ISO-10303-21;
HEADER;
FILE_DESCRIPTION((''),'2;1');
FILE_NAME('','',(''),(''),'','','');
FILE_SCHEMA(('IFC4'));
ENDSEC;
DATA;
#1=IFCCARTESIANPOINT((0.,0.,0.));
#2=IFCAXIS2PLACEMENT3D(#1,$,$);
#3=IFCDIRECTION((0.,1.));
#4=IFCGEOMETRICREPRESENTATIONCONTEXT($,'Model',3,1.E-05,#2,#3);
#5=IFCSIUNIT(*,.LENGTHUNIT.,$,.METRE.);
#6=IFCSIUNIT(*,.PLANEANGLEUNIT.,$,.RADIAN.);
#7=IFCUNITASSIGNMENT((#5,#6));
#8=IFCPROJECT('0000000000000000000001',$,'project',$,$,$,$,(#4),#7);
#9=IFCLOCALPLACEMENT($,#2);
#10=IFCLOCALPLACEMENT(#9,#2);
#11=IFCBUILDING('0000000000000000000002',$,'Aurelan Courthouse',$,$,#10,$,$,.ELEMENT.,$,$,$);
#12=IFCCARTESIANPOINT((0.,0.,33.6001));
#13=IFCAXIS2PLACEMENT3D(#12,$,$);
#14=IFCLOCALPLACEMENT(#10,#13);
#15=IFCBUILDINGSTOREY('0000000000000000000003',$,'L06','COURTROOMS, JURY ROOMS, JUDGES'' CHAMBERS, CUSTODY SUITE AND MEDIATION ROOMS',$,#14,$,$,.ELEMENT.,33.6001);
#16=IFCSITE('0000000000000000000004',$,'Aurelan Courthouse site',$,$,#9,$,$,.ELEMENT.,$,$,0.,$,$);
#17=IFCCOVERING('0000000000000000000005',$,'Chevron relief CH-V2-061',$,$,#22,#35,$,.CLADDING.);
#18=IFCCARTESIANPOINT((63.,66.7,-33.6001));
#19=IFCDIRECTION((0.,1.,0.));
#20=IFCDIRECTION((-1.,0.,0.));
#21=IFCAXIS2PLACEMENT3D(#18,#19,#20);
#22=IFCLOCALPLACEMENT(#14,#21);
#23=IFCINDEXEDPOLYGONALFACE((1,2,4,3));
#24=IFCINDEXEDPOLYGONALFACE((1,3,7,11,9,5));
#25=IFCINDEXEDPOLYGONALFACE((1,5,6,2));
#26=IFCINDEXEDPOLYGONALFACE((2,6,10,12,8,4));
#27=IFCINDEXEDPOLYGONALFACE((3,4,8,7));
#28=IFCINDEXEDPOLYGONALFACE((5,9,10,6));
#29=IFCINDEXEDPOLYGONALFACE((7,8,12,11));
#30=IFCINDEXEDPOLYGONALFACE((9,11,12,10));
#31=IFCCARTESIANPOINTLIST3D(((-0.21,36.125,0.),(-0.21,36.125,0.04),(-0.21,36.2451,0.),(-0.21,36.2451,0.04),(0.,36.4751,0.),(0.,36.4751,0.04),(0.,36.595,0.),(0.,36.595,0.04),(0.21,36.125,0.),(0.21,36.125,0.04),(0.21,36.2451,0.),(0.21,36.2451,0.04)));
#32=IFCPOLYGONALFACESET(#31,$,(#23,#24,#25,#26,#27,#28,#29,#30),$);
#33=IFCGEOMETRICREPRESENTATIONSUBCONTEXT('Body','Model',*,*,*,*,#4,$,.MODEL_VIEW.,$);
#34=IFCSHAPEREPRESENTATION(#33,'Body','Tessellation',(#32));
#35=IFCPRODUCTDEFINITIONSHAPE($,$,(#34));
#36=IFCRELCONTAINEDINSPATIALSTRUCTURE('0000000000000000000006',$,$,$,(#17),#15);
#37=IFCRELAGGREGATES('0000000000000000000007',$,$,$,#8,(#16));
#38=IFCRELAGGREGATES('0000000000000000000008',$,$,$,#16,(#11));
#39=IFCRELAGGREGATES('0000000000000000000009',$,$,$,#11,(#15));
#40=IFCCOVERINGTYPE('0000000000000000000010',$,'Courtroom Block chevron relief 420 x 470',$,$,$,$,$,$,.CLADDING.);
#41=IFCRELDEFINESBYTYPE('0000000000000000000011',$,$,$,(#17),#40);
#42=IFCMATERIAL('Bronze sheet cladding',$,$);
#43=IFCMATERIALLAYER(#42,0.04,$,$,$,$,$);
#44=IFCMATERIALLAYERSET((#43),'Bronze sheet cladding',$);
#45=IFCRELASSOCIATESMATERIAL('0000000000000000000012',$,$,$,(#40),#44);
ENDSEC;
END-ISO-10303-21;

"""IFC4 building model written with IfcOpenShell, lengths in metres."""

from ifc_helpers import new_model, si_unit, direction, frame, origin, place, context, subcontext, project, spatial, polyline, outline, extrude, material, layer, layer_set, type_object, element, save


model = new_model("IFC4")

# Units and contexts
model_context = context("Model", 3, precision=1e-05, world=origin(), true_north=direction((0.0, 1.0)))
body_context = subcontext(model_context, "Body", "Model", "MODEL_VIEW")
ifc_project = project(units=[si_unit("LENGTHUNIT", "METRE"), si_unit("PLANEANGLEUNIT", "RADIAN")], contexts=[model_context])

# Site, building, storey
site_placement = place(None, origin())
site = spatial("IfcSite", under=ifc_project, at=site_placement, Name="Aurelan Courthouse site", CompositionType="ELEMENT", RefElevation=0.0)
building_placement = place(site_placement, origin())
building = spatial("IfcBuilding", under=site, at=building_placement, Name="Aurelan Courthouse", CompositionType="ELEMENT")
storey_placement = place(building_placement, frame((0.0, 0.0, 33.6001)))
storey = spatial("IfcBuildingStorey", under=building, at=storey_placement, Name="L06", Description="COURTROOMS, JURY ROOMS, JUDGES' CHAMBERS, CUSTODY SUITE AND MEDIATION ROOMS", CompositionType="ELEMENT", Elevation=33.6001)

# Covering
ifc_material_1 = material(Name="Bronze sheet cladding")
ifc_layer_1 = layer(ifc_material_1, 0.04)
ifc_layer_set_1 = layer_set([ifc_layer_1], Name="Bronze sheet cladding")
covering_type_1 = type_object("IfcCoveringType", Name="Courtroom Block chevron relief 420 x 470", PredefinedType="CLADDING", material=ifc_layer_set_1)
covering_placement = place(storey_placement, frame((63.0, 66.7, -33.6001), z_axis=(0.0, 1.0, 0.0), x_axis=(-1.0, 0.0, 0.0)))
element("IfcCovering", 1, at=covering_placement, inside=storey, type_object=covering_type_1, Name="Chevron relief CH-V2-061", PredefinedType="CLADDING", context=body_context, shape_type="SweptSolid", body=[
    extrude(outline(polyline([(-0.21, 36.125), (0.0, 36.4751), (0.21, 36.125), (0.21, 36.2451), (0.0, 36.595), (-0.21, 36.2451), (-0.21, 36.125)])), origin(), (0.0, 0.0, 1.0), 0.04),
])

save(model, "model.ifc")
